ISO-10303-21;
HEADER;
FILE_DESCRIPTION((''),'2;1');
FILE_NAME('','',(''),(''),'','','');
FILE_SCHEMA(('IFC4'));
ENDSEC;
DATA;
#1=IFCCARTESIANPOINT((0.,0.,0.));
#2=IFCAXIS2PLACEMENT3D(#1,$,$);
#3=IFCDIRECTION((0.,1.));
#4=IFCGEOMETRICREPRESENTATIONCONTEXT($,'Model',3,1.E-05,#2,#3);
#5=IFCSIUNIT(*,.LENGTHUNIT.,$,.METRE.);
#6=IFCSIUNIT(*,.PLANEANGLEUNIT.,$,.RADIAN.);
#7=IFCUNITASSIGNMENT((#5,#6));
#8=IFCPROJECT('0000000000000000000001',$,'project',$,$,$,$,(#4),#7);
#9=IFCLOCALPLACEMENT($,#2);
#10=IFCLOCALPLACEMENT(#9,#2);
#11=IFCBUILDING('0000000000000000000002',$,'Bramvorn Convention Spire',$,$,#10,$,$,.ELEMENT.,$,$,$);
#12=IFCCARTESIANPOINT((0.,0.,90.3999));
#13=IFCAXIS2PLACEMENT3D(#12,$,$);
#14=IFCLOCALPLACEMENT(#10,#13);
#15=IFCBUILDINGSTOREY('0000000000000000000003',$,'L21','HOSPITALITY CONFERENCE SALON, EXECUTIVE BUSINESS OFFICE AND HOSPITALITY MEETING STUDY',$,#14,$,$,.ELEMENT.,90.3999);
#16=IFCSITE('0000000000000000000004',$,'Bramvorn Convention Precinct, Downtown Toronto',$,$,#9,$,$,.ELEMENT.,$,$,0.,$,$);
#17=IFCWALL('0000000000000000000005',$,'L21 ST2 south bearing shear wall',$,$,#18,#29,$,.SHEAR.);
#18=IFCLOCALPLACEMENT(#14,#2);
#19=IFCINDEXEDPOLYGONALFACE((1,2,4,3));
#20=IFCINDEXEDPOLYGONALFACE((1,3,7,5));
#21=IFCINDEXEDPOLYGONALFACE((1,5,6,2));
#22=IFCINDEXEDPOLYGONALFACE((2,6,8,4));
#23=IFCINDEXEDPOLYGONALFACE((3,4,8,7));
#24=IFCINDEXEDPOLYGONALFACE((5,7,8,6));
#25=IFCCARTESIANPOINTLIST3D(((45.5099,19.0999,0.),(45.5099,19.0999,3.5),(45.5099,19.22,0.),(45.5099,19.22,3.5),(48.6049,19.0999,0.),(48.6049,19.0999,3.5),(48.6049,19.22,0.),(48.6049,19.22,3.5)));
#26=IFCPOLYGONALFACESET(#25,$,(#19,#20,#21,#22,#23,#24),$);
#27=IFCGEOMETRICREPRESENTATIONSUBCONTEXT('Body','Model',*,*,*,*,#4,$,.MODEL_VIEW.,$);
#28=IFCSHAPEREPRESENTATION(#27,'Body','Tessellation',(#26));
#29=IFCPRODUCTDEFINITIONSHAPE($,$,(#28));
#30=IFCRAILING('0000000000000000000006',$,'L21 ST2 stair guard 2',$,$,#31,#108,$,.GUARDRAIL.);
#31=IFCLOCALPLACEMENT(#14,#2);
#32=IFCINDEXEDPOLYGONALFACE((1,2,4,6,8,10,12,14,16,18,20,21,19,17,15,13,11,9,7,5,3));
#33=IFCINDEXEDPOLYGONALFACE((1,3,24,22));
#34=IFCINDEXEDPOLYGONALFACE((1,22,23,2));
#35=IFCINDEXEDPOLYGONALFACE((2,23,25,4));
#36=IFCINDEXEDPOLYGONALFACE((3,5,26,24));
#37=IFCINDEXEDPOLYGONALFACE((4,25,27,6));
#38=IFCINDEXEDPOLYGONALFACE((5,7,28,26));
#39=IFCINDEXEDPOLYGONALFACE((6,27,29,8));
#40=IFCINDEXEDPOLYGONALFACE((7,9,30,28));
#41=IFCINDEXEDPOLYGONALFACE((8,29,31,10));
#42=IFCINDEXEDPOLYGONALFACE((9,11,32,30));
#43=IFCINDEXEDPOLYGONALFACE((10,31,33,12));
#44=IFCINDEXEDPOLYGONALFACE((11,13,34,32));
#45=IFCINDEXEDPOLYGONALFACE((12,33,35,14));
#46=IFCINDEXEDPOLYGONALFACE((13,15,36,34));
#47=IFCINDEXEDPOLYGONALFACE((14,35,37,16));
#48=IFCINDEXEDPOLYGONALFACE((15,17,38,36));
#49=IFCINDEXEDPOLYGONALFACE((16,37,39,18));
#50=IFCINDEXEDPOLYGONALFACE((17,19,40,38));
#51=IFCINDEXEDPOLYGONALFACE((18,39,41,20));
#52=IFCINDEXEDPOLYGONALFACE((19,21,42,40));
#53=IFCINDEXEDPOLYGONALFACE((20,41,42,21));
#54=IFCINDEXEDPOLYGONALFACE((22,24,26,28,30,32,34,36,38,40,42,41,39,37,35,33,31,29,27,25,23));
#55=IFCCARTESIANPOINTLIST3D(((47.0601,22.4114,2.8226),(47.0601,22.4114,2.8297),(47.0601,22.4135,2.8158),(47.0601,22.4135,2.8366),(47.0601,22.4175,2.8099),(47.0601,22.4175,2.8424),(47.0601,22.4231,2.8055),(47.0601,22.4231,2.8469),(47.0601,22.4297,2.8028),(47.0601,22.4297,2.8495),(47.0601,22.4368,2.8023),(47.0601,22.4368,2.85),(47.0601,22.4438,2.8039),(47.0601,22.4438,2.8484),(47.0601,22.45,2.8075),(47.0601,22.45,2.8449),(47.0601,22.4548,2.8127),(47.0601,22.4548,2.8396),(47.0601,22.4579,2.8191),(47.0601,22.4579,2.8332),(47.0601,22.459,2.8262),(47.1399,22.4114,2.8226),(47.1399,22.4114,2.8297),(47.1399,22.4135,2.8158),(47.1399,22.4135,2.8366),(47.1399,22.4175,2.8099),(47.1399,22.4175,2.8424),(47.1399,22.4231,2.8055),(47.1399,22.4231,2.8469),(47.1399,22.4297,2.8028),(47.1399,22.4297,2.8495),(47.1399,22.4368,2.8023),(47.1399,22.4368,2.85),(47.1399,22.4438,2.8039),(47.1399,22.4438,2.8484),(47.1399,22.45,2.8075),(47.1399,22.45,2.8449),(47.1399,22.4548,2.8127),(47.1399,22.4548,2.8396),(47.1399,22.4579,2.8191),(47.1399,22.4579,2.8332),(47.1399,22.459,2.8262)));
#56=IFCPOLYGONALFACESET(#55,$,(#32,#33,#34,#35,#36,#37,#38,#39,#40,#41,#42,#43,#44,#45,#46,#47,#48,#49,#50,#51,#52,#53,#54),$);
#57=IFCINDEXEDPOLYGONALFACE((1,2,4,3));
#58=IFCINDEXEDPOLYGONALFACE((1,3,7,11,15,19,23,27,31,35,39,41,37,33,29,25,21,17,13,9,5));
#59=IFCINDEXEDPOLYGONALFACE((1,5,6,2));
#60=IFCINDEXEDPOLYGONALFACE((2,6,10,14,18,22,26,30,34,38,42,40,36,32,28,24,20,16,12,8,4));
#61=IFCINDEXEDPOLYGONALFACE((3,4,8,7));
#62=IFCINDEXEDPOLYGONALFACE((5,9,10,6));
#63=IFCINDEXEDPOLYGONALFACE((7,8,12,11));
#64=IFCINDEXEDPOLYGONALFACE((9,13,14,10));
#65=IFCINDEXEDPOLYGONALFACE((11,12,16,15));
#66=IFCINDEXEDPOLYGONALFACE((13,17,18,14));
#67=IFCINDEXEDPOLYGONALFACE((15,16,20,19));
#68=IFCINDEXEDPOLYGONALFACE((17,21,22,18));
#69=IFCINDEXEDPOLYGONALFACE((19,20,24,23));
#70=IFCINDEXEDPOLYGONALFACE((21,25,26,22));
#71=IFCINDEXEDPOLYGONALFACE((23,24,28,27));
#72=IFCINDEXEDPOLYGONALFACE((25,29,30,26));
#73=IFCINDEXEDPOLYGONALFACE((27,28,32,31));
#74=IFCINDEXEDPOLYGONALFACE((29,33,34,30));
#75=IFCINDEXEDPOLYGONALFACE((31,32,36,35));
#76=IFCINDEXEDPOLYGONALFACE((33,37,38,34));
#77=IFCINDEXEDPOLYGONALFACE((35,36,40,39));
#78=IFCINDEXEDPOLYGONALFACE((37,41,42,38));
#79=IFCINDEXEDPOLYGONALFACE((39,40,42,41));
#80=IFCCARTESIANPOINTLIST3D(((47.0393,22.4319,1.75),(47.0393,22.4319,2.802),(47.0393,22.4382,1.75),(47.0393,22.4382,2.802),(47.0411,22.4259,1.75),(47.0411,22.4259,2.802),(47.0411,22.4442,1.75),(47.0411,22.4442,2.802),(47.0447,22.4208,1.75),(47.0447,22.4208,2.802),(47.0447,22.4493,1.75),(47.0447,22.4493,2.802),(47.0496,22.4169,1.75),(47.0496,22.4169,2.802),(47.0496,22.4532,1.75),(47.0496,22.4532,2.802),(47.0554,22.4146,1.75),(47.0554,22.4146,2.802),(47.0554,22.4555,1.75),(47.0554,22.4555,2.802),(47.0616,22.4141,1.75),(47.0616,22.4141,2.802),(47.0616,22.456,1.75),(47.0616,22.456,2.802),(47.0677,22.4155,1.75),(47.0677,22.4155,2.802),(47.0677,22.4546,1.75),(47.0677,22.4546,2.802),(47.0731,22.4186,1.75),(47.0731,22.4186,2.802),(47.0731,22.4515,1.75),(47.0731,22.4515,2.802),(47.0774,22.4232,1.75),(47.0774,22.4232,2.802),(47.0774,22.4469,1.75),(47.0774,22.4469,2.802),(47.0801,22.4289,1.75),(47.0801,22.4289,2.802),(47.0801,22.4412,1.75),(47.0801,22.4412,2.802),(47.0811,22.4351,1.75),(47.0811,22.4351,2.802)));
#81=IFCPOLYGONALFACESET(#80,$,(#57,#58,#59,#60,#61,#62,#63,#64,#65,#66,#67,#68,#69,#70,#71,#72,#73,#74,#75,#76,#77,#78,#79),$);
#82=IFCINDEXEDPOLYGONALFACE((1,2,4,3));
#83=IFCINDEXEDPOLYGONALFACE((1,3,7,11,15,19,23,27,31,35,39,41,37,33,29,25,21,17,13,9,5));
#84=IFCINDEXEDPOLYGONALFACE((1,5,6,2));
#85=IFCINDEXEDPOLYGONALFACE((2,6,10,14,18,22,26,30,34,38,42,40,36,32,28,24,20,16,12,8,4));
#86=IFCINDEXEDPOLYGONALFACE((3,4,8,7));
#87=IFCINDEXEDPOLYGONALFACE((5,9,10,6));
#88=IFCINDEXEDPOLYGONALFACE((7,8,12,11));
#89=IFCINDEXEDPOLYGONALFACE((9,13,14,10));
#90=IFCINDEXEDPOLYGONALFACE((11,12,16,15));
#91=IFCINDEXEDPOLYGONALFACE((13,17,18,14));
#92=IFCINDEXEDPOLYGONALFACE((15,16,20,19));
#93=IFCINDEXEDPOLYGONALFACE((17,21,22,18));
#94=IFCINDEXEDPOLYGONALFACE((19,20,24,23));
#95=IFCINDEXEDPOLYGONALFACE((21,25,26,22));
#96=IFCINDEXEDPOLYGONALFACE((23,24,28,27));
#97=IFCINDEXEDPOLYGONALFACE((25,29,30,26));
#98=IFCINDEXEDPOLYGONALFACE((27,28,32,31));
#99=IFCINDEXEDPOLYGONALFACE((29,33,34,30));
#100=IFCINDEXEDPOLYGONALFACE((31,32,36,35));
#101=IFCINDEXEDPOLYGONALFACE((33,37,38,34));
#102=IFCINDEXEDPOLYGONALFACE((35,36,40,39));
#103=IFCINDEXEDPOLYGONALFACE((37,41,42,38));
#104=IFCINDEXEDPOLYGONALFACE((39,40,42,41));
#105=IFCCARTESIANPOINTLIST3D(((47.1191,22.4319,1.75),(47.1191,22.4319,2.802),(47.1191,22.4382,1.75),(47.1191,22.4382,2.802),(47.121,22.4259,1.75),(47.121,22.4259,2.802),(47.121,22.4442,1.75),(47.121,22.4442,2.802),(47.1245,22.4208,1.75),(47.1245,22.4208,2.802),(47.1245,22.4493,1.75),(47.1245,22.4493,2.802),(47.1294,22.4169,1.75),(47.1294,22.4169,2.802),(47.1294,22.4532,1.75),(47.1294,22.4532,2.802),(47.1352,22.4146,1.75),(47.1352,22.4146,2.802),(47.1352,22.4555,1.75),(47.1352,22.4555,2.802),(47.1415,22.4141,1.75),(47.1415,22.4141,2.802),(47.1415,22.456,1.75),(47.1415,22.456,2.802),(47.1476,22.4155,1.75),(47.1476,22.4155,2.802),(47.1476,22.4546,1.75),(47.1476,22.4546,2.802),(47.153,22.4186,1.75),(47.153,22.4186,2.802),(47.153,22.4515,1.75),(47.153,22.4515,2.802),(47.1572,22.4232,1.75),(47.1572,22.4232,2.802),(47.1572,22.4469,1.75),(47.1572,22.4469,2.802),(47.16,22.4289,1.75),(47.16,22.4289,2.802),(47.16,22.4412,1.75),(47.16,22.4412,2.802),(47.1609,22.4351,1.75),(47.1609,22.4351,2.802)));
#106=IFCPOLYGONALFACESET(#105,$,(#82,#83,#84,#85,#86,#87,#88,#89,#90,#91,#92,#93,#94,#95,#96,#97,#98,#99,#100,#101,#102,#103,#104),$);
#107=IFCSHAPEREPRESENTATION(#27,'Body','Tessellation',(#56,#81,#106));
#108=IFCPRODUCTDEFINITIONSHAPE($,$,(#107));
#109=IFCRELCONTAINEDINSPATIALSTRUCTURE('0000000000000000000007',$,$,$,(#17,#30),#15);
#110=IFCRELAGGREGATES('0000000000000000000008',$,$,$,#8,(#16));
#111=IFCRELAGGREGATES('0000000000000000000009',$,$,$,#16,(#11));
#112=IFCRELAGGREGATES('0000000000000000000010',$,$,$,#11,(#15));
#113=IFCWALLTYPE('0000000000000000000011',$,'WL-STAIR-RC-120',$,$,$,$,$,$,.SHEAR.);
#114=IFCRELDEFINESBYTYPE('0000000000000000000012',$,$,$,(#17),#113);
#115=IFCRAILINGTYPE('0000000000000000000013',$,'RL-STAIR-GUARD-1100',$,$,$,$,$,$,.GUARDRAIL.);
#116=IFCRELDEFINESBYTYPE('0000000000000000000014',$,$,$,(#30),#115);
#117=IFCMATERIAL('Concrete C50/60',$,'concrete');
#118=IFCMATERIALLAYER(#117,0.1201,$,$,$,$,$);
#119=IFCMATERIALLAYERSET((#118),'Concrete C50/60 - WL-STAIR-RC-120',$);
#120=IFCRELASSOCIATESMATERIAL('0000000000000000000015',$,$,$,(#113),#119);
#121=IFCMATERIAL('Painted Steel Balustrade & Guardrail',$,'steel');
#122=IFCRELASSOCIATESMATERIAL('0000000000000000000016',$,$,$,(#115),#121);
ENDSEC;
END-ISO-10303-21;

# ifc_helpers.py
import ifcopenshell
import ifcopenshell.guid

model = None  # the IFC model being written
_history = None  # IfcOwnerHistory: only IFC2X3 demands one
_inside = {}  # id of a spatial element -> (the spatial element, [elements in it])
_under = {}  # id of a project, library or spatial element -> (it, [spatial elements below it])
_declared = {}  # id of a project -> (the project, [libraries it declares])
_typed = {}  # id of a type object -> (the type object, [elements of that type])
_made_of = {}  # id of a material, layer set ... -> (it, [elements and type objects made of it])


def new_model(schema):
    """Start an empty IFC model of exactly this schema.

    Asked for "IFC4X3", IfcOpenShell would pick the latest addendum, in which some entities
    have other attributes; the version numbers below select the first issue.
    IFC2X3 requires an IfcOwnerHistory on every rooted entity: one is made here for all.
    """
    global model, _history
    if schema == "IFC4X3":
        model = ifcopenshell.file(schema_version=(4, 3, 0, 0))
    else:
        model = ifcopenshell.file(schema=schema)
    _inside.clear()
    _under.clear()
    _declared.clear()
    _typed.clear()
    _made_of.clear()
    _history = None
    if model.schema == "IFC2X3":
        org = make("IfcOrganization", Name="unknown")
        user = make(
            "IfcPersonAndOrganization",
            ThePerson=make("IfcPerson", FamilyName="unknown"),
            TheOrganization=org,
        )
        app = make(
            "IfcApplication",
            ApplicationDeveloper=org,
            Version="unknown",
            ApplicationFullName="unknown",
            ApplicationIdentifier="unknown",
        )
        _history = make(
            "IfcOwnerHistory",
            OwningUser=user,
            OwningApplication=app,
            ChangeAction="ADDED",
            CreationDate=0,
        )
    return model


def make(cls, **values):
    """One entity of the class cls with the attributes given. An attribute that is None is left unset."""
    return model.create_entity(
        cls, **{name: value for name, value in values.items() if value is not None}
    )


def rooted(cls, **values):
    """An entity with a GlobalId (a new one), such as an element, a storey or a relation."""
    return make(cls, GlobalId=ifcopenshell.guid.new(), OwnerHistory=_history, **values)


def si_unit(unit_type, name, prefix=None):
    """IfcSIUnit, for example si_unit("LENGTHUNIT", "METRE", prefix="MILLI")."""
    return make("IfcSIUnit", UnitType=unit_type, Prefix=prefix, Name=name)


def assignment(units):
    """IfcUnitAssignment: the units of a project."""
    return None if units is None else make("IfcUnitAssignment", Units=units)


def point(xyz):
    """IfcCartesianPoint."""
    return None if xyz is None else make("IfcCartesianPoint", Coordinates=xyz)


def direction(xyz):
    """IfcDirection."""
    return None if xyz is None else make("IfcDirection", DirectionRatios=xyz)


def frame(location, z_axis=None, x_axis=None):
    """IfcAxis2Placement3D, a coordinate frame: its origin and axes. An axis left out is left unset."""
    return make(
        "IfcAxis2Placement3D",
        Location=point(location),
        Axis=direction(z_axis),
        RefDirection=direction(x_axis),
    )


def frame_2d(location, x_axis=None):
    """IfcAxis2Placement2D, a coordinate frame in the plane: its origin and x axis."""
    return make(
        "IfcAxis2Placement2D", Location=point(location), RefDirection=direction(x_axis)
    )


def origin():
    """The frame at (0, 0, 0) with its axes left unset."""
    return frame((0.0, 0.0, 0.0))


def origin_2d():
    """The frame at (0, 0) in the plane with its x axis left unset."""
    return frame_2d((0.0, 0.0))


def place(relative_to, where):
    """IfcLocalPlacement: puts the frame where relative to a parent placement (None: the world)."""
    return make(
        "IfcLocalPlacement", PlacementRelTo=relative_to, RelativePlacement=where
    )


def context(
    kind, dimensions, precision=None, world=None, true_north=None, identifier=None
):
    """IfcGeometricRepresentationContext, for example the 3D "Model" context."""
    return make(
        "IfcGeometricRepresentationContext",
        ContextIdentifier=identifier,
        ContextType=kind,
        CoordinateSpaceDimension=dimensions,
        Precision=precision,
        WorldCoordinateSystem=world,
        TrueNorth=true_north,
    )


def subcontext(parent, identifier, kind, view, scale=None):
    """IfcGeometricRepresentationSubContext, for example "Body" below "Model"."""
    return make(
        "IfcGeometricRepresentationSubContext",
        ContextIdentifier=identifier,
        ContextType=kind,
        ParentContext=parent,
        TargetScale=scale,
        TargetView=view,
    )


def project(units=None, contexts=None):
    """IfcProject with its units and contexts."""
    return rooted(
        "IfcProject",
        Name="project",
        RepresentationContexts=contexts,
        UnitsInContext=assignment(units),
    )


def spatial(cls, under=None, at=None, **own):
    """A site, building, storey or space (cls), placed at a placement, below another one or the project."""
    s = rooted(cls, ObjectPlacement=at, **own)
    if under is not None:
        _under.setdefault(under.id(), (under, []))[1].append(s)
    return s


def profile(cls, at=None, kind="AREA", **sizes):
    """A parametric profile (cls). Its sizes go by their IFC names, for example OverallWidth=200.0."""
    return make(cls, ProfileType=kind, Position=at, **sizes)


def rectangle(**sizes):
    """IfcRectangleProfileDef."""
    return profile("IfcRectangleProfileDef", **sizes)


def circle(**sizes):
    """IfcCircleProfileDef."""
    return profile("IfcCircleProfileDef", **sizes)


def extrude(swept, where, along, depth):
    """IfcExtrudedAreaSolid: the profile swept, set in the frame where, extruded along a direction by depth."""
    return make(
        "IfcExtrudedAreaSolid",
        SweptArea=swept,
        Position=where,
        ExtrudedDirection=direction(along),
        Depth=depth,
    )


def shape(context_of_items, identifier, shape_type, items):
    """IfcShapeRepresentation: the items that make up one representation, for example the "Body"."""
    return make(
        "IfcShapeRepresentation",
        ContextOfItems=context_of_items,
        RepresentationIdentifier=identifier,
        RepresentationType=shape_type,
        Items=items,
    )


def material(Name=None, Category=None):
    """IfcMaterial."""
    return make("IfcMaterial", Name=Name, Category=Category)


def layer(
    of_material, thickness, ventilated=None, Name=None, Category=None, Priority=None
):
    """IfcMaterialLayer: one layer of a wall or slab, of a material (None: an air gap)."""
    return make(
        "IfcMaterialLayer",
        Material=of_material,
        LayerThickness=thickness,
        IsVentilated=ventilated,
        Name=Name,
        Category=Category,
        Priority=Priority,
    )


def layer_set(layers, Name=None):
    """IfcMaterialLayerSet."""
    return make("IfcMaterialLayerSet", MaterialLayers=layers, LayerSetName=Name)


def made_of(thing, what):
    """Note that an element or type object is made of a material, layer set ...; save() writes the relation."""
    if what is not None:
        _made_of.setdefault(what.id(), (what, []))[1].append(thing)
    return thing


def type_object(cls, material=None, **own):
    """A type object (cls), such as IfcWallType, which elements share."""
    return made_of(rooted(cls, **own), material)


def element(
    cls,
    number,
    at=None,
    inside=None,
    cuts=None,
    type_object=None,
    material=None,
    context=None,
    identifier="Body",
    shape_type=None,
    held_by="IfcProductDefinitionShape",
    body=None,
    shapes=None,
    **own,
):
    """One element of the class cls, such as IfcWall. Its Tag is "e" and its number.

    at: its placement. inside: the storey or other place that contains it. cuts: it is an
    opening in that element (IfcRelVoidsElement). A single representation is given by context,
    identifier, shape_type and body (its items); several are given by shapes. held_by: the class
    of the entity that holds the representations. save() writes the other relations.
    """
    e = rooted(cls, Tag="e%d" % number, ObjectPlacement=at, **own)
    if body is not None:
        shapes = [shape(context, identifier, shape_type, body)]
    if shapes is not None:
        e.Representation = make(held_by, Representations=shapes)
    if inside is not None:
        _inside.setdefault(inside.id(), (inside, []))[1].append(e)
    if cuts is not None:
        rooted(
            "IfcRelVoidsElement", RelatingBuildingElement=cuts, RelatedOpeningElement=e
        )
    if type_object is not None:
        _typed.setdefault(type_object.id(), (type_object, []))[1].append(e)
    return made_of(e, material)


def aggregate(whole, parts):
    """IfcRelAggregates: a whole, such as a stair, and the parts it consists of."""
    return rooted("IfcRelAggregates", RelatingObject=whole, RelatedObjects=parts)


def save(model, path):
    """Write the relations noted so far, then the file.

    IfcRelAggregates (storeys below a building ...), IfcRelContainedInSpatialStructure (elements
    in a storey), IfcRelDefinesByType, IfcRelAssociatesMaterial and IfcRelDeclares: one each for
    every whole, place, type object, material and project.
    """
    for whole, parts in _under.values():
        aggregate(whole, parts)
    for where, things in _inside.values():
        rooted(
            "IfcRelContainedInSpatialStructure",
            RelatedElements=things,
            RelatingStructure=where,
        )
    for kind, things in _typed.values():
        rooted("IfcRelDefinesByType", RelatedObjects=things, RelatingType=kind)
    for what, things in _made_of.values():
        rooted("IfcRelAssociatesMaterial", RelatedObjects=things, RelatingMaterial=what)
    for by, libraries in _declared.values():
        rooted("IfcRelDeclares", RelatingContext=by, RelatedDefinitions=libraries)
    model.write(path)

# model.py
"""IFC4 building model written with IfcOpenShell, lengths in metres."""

from ifc_helpers import new_model, si_unit, direction, frame, frame_2d, origin, origin_2d, place, context, subcontext, project, spatial, rectangle, circle, extrude, material, layer, layer_set, type_object, element, save


model = new_model("IFC4")

# Units and contexts
model_context = context("Model", 3, precision=1e-05, world=origin(), true_north=direction((0.0, 1.0)))
body_context = subcontext(model_context, "Body", "Model", "MODEL_VIEW")
ifc_project = project(units=[si_unit("LENGTHUNIT", "METRE"), si_unit("PLANEANGLEUNIT", "RADIAN")], contexts=[model_context])

# Site, building, storey
site_placement = place(None, origin())
site = spatial("IfcSite", under=ifc_project, at=site_placement, Name="Bramvorn Convention Precinct, Downtown Toronto", CompositionType="ELEMENT", RefElevation=0.0)
building_placement = place(site_placement, origin())
building = spatial("IfcBuilding", under=site, at=building_placement, Name="Bramvorn Convention Spire", CompositionType="ELEMENT")
storey_placement = place(building_placement, frame((0.0, 0.0, 90.3999)))
storey = spatial("IfcBuildingStorey", under=building, at=storey_placement, Name="L21", Description="HOSPITALITY CONFERENCE SALON, EXECUTIVE BUSINESS OFFICE AND HOSPITALITY MEETING STUDY", CompositionType="ELEMENT", Elevation=90.3999)

# Shared definitions
ifc_material_1 = material(Name="Concrete C50/60", Category="concrete")

# Wall
ifc_layer_1 = layer(ifc_material_1, 0.1201)
ifc_layer_set_1 = layer_set([ifc_layer_1], Name="Concrete C50/60 - WL-STAIR-RC-120")
wall_type_1 = type_object("IfcWallType", Name="WL-STAIR-RC-120", PredefinedType="SHEAR", material=ifc_layer_set_1)
wall_1_placement = place(storey_placement, frame((45.51, 19.1599, 0.0), z_axis=(0.0, 0.0, 1.0), x_axis=(1.0, 0.0, 0.0)))
element("IfcWall", 1, at=wall_1_placement, inside=storey, type_object=wall_type_1, Name="L21 ST2 south bearing shear wall", PredefinedType="SHEAR", context=body_context, shape_type="SweptSolid", body=[
    extrude(rectangle(XDim=3.095, YDim=0.1201, at=frame_2d((1.5474, 0.0))), origin(), (0.0, 0.0, 1.0), 3.5),
])

# Railing
ifc_material_2 = material(Name="Painted Steel Balustrade & Guardrail", Category="steel")
railing_type = type_object("IfcRailingType", Name="RL-STAIR-GUARD-1100", PredefinedType="GUARDRAIL", material=ifc_material_2)
railing_1_placement = place(storey_placement, frame((47.0601, 22.4351, 1.75)))
element("IfcRailing", 2, at=railing_1_placement, inside=storey, type_object=railing_type, Name="L21 ST2 stair guard 2", PredefinedType="GUARDRAIL", context=body_context, shape_type="SweptSolid", body=[
    extrude(circle(Radius=0.0239, at=origin_2d()), frame((0.0, 0.0, 1.0762), z_axis=(1.0, 0.0, 0.0), x_axis=(0.0, 1.0, 0.0)), (0.0, 0.0, 1.0), 0.0798),
    extrude(circle(Radius=0.021, at=origin_2d()), origin(), (0.0, 0.0, 1.0), 1.052),
    extrude(circle(Radius=0.021, at=origin_2d()), frame((0.0798, 0.0, 0.0)), (0.0, 0.0, 1.0), 1.052),
])

save(model, "model.ifc")
